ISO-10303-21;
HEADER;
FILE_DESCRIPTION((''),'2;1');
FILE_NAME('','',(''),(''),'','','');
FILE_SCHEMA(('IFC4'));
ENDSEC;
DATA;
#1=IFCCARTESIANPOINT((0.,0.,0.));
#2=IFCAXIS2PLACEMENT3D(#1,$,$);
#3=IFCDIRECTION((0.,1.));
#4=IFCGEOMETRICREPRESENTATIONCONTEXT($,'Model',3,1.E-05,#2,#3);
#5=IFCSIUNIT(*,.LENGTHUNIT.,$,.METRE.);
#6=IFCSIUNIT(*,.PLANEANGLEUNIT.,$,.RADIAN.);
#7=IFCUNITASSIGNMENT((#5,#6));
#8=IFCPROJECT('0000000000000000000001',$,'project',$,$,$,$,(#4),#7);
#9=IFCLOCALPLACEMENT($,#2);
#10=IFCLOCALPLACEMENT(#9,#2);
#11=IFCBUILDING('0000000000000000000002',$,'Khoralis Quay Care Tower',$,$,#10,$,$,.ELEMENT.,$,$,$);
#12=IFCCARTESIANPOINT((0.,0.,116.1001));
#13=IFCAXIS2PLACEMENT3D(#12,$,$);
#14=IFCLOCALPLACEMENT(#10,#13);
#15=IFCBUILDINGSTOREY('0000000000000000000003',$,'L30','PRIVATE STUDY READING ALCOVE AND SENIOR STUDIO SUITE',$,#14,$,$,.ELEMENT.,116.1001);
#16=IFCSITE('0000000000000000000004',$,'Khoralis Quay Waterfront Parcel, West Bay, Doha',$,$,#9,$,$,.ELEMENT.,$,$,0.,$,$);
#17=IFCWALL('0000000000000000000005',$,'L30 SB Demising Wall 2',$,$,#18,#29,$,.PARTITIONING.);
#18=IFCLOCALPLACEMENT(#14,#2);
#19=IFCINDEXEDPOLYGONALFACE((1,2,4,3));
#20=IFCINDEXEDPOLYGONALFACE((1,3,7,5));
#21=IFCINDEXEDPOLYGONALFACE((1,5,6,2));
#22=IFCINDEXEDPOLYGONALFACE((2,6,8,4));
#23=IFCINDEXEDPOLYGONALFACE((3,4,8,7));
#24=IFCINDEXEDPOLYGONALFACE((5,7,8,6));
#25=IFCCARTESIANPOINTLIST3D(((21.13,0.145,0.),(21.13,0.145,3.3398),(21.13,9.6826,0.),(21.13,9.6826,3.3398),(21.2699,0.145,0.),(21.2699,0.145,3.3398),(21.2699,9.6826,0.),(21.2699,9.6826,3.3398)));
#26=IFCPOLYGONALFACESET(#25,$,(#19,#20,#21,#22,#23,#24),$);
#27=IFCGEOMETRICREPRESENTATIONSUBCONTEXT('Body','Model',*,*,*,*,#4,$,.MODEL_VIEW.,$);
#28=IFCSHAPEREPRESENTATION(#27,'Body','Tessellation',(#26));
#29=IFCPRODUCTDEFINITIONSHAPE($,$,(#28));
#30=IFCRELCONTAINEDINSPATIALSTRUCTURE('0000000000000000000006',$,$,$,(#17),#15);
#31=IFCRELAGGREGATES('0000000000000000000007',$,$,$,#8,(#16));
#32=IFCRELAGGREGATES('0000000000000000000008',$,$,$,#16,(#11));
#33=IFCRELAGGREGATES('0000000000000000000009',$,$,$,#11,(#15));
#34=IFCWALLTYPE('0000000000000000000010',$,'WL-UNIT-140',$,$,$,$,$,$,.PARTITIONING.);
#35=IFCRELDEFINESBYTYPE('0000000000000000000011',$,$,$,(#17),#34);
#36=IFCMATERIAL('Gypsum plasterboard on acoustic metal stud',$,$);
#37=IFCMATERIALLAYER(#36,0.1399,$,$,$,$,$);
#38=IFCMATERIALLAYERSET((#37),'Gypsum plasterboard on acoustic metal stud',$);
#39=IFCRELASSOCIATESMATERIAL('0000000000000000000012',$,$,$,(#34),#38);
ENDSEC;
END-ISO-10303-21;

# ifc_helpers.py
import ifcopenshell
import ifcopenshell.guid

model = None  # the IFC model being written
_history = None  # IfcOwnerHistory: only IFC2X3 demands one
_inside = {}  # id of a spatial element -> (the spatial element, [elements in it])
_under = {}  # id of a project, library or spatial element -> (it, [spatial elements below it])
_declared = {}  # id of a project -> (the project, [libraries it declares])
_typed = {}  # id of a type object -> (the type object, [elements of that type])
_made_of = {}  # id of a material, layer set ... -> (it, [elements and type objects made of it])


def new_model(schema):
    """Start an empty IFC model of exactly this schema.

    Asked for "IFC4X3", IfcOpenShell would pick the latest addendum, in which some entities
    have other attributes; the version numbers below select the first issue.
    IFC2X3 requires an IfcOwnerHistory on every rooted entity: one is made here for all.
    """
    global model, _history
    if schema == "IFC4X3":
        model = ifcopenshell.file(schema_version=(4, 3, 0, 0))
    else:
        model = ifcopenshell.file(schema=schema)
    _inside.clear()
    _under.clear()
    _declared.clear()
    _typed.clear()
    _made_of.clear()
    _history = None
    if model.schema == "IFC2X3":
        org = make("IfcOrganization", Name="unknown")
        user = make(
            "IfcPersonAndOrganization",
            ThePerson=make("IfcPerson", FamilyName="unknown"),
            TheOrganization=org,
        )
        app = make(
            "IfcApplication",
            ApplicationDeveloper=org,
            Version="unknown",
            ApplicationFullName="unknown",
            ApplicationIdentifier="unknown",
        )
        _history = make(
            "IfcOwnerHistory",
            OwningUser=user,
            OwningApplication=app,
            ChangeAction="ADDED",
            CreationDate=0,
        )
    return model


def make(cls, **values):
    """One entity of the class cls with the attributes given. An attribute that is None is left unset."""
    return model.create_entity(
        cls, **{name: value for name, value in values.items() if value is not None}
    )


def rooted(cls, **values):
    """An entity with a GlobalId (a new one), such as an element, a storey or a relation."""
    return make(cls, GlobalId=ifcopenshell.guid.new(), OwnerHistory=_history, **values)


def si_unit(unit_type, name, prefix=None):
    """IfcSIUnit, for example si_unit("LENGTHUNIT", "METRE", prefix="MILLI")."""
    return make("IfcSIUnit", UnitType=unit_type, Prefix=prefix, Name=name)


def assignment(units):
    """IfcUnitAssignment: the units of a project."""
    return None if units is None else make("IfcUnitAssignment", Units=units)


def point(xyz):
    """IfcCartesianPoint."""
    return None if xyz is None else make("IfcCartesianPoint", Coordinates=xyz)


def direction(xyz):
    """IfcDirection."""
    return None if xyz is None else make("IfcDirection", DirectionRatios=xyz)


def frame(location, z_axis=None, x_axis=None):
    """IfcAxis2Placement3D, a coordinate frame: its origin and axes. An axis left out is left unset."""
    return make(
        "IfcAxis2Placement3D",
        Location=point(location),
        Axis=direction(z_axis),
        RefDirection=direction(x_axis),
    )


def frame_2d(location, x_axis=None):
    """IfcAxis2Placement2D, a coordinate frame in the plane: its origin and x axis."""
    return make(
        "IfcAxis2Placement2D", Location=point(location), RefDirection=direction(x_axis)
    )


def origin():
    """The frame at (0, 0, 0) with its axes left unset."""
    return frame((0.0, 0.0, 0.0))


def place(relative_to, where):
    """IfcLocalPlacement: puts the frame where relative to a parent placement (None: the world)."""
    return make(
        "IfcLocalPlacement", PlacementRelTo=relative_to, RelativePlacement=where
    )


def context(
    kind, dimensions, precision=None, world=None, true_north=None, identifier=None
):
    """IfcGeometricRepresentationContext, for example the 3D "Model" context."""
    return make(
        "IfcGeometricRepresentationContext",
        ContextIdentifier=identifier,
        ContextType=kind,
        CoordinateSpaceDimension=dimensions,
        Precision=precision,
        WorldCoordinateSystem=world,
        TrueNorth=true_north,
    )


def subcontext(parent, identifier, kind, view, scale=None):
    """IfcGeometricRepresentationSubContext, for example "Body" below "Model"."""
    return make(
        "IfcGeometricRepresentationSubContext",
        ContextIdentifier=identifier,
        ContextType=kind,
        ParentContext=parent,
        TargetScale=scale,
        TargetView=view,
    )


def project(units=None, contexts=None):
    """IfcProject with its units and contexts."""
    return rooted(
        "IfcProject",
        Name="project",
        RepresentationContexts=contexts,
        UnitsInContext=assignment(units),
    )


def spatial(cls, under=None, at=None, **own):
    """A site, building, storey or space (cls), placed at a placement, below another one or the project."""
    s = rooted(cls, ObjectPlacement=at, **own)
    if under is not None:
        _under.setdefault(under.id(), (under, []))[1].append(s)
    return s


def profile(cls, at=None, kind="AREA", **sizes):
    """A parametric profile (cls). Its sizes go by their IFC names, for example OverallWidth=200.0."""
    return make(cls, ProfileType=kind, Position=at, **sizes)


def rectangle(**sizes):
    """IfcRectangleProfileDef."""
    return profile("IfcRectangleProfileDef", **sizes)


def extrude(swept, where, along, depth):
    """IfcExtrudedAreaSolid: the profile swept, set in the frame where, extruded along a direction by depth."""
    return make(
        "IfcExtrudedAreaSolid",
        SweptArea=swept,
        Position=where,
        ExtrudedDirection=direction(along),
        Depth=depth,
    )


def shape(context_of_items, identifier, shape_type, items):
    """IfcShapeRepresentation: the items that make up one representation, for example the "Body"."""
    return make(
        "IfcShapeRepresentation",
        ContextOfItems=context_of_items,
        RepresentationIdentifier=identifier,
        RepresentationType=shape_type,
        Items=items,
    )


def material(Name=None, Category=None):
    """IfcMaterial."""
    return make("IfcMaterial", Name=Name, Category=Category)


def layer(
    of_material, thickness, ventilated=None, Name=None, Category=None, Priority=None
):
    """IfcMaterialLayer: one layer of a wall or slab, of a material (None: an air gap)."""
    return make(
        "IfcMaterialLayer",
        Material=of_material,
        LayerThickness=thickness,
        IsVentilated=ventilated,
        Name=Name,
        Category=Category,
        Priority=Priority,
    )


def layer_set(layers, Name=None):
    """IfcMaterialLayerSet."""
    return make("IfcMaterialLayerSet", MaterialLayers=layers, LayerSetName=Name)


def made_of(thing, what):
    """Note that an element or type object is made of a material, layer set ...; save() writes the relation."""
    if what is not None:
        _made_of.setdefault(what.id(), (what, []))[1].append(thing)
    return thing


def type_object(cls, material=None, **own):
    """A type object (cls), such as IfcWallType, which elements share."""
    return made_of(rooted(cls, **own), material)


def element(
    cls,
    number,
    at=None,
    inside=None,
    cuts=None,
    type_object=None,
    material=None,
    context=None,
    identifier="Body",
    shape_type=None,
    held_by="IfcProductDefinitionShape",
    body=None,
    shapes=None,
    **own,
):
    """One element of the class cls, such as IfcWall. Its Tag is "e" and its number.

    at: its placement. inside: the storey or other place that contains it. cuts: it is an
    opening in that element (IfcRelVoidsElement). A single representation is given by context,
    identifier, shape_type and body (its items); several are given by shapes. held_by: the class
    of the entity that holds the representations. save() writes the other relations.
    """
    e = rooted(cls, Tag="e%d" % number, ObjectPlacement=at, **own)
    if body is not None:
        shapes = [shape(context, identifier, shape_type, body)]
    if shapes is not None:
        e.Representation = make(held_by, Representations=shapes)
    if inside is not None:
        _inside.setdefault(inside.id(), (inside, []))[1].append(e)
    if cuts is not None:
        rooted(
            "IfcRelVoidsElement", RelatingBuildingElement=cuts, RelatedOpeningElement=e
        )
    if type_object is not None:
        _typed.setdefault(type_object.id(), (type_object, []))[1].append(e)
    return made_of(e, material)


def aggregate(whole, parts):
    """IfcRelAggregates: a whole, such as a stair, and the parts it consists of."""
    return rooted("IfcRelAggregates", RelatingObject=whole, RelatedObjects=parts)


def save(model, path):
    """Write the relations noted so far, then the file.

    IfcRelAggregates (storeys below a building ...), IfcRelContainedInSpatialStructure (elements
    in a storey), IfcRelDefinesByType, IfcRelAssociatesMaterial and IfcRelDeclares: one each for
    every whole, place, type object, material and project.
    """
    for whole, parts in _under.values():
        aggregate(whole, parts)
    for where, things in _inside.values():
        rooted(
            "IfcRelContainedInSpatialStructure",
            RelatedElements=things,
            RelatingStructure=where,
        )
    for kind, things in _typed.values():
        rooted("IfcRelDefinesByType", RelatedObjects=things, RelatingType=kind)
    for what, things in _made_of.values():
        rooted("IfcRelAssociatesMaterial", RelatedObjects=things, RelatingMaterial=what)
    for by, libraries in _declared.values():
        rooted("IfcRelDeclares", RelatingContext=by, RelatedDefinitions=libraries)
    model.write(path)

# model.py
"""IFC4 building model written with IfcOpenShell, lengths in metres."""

from ifc_helpers import new_model, si_unit, direction, frame, frame_2d, origin, place, context, subcontext, project, spatial, rectangle, extrude, material, layer, layer_set, type_object, element, save


model = new_model("IFC4")

# Units and contexts
model_context = context("Model", 3, precision=1e-05, world=origin(), true_north=direction((0.0, 1.0)))
body_context = subcontext(model_context, "Body", "Model", "MODEL_VIEW")
ifc_project = project(units=[si_unit("LENGTHUNIT", "METRE"), si_unit("PLANEANGLEUNIT", "RADIAN")], contexts=[model_context])

# Site, building, storey
site_placement = place(None, origin())
site = spatial("IfcSite", under=ifc_project, at=site_placement, Name="Khoralis Quay Waterfront Parcel, West Bay, Doha", CompositionType="ELEMENT", RefElevation=0.0)
building_placement = place(site_placement, origin())
building = spatial("IfcBuilding", under=site, at=building_placement, Name="Khoralis Quay Care Tower", CompositionType="ELEMENT")
storey_placement = place(building_placement, frame((0.0, 0.0, 116.1001)))
storey = spatial("IfcBuildingStorey", under=building, at=storey_placement, Name="L30", Description="PRIVATE STUDY READING ALCOVE AND SENIOR STUDIO SUITE", CompositionType="ELEMENT", Elevation=116.1001)

# Wall
ifc_material_1 = material(Name="Gypsum plasterboard on acoustic metal stud")
ifc_layer_1 = layer(ifc_material_1, 0.1399)
ifc_layer_set_1 = layer_set([ifc_layer_1], Name="Gypsum plasterboard on acoustic metal stud")
wall_type_1 = type_object("IfcWallType", Name="WL-UNIT-140", PredefinedType="PARTITIONING", material=ifc_layer_set_1)
wall_1_placement = place(storey_placement, frame((21.2, 0.145, 0.0), z_axis=(0.0, 0.0, 1.0), x_axis=(0.0, 1.0, 0.0)))
element("IfcWall", 1, at=wall_1_placement, inside=storey, type_object=wall_type_1, Name="L30 SB Demising Wall 2", PredefinedType="PARTITIONING", context=body_context, shape_type="SweptSolid", body=[
    extrude(rectangle(XDim=9.5376, YDim=0.1399, at=frame_2d((4.7688, 0.0))), origin(), (0.0, 0.0, 1.0), 3.3398),
])

save(model, "model.ifc")
